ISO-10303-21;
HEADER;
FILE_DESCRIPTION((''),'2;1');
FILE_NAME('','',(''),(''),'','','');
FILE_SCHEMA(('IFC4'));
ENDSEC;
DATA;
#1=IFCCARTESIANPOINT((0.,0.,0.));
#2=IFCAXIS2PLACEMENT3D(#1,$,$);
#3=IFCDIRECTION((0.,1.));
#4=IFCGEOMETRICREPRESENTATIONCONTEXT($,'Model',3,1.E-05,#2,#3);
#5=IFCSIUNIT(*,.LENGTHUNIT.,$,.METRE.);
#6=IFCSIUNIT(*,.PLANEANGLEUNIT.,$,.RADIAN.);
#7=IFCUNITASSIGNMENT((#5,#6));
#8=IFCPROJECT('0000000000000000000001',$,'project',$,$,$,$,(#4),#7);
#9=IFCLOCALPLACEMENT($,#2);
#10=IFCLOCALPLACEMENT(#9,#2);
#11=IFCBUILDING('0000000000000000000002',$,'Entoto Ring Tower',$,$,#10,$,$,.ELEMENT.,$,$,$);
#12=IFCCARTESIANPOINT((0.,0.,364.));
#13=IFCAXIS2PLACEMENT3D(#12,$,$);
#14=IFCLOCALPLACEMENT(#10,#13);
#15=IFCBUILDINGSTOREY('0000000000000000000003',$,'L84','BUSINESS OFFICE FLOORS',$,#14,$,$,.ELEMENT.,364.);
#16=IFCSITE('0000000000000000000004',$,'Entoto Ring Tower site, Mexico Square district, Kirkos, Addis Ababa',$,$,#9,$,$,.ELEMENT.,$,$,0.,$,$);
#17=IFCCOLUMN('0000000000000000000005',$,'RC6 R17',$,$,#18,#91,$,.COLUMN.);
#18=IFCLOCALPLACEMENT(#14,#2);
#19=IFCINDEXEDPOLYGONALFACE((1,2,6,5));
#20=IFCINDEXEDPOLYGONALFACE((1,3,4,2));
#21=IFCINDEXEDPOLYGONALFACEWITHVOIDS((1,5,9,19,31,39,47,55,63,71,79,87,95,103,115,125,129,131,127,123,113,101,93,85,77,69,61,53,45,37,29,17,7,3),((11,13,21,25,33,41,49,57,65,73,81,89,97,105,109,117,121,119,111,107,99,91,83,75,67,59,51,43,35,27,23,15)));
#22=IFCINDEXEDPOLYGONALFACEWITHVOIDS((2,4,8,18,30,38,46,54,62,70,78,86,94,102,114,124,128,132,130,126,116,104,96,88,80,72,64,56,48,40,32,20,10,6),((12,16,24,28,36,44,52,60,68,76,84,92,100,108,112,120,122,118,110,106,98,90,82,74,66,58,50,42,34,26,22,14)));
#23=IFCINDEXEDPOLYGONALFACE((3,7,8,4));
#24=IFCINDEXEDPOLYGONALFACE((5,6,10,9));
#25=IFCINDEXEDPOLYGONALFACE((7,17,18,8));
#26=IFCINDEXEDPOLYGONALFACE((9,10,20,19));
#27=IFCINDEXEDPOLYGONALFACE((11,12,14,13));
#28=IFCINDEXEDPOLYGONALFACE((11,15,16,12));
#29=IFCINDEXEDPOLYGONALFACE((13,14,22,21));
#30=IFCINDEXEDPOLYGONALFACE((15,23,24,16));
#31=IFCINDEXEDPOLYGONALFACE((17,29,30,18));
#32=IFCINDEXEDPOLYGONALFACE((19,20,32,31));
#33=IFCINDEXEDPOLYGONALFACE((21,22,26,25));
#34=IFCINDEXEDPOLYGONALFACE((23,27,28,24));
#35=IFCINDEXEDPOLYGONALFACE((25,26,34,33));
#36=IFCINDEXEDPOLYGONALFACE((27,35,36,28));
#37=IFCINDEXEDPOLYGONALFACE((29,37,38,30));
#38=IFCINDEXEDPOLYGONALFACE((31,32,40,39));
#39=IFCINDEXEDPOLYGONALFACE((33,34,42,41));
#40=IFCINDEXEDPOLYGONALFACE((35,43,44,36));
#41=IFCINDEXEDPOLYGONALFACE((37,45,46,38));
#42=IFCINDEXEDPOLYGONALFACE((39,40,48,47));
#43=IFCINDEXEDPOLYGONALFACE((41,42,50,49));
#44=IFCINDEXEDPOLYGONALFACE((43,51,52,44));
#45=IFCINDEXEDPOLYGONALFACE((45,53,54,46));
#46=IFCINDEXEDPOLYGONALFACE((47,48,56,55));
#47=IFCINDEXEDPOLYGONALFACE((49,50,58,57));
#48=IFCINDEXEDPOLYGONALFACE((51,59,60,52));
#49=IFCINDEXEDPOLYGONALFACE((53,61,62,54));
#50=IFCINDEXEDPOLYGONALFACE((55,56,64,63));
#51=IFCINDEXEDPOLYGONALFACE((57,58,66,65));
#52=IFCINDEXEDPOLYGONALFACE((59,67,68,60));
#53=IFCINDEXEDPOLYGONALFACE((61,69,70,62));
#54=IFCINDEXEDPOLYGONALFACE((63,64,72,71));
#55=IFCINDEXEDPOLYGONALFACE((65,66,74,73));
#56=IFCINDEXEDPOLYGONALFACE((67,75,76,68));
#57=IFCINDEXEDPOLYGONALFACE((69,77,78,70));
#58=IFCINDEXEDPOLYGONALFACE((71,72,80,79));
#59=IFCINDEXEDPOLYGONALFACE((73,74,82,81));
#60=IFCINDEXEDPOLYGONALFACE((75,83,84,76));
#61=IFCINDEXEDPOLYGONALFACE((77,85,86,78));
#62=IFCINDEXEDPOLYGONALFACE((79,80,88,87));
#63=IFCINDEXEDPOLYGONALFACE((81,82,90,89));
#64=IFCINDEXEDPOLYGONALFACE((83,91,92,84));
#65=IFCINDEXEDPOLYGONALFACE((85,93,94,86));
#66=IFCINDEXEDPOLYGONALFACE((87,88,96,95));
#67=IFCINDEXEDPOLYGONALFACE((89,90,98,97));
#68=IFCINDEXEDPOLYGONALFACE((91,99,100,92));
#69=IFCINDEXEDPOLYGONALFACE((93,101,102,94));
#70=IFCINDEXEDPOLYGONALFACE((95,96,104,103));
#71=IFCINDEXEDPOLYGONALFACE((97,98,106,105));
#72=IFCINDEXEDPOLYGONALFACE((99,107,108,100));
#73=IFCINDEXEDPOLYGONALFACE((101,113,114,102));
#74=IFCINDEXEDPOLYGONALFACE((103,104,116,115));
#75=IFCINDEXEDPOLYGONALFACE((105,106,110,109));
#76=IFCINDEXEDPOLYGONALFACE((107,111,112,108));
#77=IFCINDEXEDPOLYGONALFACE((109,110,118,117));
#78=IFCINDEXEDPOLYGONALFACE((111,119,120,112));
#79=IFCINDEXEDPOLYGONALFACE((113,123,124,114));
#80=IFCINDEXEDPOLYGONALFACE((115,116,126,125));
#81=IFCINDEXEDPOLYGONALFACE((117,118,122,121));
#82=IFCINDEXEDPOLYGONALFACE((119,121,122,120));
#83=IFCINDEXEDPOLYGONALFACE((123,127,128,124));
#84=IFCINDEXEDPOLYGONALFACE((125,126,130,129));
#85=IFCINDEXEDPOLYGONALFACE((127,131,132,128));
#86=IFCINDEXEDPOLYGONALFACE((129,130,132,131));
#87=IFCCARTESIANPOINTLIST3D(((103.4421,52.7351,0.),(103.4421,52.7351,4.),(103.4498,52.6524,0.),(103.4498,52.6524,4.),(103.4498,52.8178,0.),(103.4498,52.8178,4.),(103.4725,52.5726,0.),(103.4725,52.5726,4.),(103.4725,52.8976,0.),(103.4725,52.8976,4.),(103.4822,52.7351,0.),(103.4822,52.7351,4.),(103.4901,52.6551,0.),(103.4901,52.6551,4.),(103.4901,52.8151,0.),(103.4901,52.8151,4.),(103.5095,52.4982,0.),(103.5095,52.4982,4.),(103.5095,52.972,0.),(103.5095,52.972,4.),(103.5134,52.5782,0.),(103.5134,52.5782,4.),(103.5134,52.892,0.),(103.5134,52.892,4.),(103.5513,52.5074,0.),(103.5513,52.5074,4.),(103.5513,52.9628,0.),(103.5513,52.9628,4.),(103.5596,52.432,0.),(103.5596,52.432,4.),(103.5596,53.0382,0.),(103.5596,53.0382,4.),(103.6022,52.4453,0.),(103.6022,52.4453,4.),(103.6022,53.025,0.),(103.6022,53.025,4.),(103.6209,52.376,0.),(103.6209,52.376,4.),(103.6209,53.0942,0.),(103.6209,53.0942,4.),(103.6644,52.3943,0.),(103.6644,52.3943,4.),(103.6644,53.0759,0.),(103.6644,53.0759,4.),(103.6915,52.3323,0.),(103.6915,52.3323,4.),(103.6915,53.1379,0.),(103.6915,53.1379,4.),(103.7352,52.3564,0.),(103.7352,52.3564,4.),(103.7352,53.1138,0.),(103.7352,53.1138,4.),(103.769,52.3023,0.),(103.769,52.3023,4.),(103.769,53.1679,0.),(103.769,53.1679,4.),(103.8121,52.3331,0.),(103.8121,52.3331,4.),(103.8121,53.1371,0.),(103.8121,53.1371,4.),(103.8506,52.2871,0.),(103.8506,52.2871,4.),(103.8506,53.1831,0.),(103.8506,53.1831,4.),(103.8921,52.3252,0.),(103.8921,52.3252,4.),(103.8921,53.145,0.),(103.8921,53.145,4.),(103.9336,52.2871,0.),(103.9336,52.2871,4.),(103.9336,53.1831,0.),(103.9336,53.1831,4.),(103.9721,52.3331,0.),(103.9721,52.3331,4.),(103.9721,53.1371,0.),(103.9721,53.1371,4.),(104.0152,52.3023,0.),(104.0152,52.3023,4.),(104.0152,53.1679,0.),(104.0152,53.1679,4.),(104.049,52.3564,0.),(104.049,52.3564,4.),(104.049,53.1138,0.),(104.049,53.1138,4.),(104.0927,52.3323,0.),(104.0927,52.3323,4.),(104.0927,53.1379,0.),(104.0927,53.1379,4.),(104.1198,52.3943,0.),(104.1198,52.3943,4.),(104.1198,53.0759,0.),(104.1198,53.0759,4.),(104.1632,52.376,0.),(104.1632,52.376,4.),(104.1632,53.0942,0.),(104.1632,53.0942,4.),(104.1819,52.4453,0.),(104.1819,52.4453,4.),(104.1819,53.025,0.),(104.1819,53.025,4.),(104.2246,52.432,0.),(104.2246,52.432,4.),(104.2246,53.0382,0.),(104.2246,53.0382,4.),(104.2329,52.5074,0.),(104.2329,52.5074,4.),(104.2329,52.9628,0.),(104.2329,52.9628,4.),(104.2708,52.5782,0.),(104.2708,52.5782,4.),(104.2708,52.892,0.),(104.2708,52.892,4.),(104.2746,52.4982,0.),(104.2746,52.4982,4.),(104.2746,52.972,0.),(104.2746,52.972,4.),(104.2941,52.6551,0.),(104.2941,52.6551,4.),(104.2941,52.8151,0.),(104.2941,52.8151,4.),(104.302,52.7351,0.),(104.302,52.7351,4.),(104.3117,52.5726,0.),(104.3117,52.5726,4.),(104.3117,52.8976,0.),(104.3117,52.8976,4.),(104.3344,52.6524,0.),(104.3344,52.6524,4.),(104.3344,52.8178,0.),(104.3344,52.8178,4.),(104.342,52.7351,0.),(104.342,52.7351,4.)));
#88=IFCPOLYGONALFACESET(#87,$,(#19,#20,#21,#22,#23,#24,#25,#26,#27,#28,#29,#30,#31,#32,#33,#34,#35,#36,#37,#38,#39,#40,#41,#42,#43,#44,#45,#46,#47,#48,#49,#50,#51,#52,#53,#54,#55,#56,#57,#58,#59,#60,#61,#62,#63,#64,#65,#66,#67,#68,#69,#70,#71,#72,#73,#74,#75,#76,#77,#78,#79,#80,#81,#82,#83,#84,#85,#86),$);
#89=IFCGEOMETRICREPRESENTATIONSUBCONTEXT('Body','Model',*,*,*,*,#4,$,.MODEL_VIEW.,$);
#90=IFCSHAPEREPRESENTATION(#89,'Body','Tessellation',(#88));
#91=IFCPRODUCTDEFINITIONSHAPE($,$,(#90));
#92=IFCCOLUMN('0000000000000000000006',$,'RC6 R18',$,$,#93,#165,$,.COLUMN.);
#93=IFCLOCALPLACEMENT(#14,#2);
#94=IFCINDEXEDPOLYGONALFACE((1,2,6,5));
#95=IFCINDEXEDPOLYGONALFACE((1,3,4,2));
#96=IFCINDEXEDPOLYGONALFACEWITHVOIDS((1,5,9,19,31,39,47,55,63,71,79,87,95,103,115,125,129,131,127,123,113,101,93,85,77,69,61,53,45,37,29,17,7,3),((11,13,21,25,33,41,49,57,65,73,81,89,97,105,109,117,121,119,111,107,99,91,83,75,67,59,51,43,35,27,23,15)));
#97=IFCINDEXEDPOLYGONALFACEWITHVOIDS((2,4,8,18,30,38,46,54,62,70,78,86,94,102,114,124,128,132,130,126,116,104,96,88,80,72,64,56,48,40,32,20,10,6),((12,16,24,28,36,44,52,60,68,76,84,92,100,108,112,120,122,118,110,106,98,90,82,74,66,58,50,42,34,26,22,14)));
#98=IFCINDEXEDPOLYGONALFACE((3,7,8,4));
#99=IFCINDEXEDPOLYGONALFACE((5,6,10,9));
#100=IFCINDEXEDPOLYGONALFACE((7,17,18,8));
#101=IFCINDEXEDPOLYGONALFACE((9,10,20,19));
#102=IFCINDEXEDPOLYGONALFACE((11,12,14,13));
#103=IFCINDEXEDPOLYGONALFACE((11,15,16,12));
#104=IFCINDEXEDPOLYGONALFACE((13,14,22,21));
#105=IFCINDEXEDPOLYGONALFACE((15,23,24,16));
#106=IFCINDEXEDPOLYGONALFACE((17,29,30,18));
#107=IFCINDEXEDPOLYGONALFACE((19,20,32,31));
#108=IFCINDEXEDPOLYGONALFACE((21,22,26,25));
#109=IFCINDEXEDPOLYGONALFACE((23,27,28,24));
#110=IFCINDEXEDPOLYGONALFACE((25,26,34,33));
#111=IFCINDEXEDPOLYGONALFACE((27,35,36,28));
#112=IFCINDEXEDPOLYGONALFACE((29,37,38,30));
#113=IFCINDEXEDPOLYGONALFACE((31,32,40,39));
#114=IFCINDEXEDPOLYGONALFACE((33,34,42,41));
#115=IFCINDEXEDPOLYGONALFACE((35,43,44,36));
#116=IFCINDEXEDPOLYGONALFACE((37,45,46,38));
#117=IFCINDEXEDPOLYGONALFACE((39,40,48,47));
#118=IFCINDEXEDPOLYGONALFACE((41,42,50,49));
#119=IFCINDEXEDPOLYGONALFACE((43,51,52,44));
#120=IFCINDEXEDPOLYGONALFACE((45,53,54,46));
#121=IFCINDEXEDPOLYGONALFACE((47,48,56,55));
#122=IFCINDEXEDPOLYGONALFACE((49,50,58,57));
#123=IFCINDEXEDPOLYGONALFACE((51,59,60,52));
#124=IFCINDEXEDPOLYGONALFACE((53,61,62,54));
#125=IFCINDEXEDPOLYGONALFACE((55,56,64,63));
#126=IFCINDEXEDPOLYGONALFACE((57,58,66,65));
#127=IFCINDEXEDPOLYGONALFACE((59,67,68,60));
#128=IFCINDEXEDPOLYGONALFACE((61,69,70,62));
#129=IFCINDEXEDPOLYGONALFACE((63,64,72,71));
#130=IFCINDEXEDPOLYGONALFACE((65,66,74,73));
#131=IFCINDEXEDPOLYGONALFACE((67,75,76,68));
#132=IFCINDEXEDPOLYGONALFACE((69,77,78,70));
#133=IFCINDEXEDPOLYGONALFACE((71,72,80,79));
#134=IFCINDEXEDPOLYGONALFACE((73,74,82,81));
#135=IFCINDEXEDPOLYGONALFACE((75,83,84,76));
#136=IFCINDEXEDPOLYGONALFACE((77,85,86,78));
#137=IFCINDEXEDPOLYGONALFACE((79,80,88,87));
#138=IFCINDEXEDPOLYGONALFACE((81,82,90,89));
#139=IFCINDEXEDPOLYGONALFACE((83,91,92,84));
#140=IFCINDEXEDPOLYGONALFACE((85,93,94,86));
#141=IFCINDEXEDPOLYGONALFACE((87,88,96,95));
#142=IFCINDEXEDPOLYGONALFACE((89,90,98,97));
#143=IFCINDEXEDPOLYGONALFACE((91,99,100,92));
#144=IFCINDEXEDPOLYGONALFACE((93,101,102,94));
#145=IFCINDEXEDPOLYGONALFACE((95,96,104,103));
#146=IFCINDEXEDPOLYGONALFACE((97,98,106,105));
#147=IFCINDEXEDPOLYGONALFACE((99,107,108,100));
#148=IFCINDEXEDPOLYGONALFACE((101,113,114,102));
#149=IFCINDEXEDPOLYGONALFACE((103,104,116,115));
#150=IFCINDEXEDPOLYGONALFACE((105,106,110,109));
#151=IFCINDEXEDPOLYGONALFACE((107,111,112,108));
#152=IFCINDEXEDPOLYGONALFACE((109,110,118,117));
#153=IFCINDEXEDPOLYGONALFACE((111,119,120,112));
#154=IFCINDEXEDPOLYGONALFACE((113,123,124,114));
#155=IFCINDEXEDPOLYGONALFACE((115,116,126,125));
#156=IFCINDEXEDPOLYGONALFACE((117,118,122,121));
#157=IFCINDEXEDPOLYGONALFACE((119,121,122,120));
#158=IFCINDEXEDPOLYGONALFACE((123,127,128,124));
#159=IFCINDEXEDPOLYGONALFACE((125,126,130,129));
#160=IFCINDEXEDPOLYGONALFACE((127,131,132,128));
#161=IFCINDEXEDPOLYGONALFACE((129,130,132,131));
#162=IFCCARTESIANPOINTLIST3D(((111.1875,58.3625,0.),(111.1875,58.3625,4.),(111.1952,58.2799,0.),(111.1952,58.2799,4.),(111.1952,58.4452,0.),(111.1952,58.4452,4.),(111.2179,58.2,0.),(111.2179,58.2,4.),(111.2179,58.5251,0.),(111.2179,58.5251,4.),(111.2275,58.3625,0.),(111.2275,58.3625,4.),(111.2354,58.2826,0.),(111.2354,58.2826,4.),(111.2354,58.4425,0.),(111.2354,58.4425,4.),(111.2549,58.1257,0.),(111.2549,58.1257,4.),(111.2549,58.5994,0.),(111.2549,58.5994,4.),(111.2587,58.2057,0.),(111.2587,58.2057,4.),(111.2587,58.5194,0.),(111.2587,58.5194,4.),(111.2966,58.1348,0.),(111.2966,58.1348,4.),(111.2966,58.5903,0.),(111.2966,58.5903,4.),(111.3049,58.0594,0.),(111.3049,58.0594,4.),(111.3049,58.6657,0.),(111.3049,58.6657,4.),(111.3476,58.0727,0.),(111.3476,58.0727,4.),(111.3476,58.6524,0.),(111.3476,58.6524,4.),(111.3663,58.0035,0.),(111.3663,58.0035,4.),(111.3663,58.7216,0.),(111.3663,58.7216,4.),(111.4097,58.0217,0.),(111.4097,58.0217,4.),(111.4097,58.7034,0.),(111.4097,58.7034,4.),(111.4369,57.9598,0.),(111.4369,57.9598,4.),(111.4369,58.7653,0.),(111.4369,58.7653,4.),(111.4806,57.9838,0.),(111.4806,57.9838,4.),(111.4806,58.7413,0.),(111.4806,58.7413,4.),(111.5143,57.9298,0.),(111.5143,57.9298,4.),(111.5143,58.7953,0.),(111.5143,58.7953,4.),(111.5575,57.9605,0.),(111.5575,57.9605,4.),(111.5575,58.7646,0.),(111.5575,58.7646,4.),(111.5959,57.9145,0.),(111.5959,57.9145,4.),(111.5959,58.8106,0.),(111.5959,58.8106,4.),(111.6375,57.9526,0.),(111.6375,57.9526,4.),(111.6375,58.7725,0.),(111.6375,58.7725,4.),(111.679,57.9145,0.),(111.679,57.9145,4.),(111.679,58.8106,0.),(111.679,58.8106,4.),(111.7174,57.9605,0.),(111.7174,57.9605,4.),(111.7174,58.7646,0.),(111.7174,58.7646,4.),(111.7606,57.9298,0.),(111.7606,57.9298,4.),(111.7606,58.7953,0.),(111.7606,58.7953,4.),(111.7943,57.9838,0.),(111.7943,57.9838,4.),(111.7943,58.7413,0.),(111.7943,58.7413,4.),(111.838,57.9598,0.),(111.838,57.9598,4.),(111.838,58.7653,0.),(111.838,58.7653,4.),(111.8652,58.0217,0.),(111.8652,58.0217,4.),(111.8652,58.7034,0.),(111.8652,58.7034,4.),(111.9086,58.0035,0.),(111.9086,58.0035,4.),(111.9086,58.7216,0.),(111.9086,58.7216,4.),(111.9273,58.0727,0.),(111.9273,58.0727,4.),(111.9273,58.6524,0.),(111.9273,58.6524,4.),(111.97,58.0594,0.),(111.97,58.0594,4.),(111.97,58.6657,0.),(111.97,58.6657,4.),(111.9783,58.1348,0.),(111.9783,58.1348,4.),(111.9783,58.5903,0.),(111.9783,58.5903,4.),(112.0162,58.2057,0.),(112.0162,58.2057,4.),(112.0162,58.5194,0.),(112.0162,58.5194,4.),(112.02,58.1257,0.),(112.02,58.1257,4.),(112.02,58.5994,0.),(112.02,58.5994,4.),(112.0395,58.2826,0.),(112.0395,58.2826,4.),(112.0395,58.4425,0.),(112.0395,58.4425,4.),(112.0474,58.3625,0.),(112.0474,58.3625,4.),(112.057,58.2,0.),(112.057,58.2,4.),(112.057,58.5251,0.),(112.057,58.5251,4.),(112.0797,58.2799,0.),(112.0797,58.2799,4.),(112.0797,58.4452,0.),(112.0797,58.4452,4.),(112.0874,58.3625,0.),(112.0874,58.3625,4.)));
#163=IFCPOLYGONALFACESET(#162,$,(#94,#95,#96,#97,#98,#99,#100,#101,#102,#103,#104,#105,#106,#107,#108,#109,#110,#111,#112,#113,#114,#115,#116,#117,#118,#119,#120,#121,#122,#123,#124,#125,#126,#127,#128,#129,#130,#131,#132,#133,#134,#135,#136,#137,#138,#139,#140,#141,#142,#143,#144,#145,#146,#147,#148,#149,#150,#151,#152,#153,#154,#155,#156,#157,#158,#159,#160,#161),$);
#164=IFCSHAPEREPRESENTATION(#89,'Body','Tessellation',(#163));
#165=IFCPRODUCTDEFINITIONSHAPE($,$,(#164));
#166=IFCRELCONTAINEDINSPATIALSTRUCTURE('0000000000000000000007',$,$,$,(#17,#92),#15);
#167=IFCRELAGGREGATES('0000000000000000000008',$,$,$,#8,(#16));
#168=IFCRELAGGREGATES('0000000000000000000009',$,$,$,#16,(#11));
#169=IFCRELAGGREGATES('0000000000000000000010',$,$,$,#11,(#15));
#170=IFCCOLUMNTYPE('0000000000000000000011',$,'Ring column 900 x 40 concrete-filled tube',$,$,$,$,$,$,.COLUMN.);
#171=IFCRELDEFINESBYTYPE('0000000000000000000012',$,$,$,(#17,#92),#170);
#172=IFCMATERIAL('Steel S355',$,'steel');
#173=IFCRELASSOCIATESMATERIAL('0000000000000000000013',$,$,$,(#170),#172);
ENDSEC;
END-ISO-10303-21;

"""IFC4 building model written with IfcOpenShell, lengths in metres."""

from ifc_helpers import new_model, si_unit, direction, frame, origin, origin_2d, place, context, subcontext, project, spatial, circle, hollow_circle, extrude, material, material_profile, profile_set, type_object, element, save


model = new_model("IFC4")

# Units and contexts
model_context = context("Model", 3, precision=1e-05, world=origin(), true_north=direction((0.0, 1.0)))
body_context = subcontext(model_context, "Body", "Model", "MODEL_VIEW")
ifc_project = project(units=[si_unit("LENGTHUNIT", "METRE"), si_unit("PLANEANGLEUNIT", "RADIAN")], contexts=[model_context])

# Site, building, storey
site_placement = place(None, origin())
site = spatial("IfcSite", under=ifc_project, at=site_placement, Name="Entoto Ring Tower site, Mexico Square district, Kirkos, Addis Ababa", CompositionType="ELEMENT", RefElevation=0.0)
building_placement = place(site_placement, origin())
building = spatial("IfcBuilding", under=site, at=building_placement, Name="Entoto Ring Tower", CompositionType="ELEMENT")
storey_placement = place(building_placement, frame((0.0, 0.0, 364.0)))
storey = spatial("IfcBuildingStorey", under=building, at=storey_placement, Name="L84", Description="BUSINESS OFFICE FLOORS", CompositionType="ELEMENT", Elevation=364.0)

# Columns
ifc_material_1 = material(Name="Steel S355", Category="steel")
ifc_material_profile_1 = material_profile(ifc_material_1, hollow_circle(Radius=0.45, WallThickness=0.04, at=origin_2d()), Name="CHS 900 x 40")
ifc_material_2 = material(Name="Concrete C60/75", Category="concrete")
ifc_material_profile_2 = material_profile(ifc_material_2, circle(Radius=0.4099, at=origin_2d()), Name="Concrete C60/75 infill")
ifc_profile_set_1 = profile_set([ifc_material_profile_1, ifc_material_profile_2], Name="Steel S355")
column_type = type_object("IfcColumnType", Name="Ring column 900 x 40 concrete-filled tube", PredefinedType="COLUMN", material=ifc_profile_set_1)
for number, where, z_axis, x_axis, name in (
    (1, (103.8921, 52.7351, 0.0), (0.0, 0.0, 1.0), (1.0, 0.0, 0.0), "RC6 R17"),
    (2, (111.6375, 58.3625, 0.0), (0.0, 0.0, 1.0), (1.0, 0.0, 0.0), "RC6 R18"),
):
    element("IfcColumn", number, at=place(storey_placement, frame(where, z_axis=z_axis, x_axis=x_axis)), inside=storey, type_object=column_type, Name=name, PredefinedType="COLUMN", context=body_context, shape_type="SweptSolid", body=[
        extrude(hollow_circle(Radius=0.45, WallThickness=0.04, at=origin_2d()), origin(), (0.0, 0.0, 1.0), 4.0),
    ])

save(model, "model.ifc")
